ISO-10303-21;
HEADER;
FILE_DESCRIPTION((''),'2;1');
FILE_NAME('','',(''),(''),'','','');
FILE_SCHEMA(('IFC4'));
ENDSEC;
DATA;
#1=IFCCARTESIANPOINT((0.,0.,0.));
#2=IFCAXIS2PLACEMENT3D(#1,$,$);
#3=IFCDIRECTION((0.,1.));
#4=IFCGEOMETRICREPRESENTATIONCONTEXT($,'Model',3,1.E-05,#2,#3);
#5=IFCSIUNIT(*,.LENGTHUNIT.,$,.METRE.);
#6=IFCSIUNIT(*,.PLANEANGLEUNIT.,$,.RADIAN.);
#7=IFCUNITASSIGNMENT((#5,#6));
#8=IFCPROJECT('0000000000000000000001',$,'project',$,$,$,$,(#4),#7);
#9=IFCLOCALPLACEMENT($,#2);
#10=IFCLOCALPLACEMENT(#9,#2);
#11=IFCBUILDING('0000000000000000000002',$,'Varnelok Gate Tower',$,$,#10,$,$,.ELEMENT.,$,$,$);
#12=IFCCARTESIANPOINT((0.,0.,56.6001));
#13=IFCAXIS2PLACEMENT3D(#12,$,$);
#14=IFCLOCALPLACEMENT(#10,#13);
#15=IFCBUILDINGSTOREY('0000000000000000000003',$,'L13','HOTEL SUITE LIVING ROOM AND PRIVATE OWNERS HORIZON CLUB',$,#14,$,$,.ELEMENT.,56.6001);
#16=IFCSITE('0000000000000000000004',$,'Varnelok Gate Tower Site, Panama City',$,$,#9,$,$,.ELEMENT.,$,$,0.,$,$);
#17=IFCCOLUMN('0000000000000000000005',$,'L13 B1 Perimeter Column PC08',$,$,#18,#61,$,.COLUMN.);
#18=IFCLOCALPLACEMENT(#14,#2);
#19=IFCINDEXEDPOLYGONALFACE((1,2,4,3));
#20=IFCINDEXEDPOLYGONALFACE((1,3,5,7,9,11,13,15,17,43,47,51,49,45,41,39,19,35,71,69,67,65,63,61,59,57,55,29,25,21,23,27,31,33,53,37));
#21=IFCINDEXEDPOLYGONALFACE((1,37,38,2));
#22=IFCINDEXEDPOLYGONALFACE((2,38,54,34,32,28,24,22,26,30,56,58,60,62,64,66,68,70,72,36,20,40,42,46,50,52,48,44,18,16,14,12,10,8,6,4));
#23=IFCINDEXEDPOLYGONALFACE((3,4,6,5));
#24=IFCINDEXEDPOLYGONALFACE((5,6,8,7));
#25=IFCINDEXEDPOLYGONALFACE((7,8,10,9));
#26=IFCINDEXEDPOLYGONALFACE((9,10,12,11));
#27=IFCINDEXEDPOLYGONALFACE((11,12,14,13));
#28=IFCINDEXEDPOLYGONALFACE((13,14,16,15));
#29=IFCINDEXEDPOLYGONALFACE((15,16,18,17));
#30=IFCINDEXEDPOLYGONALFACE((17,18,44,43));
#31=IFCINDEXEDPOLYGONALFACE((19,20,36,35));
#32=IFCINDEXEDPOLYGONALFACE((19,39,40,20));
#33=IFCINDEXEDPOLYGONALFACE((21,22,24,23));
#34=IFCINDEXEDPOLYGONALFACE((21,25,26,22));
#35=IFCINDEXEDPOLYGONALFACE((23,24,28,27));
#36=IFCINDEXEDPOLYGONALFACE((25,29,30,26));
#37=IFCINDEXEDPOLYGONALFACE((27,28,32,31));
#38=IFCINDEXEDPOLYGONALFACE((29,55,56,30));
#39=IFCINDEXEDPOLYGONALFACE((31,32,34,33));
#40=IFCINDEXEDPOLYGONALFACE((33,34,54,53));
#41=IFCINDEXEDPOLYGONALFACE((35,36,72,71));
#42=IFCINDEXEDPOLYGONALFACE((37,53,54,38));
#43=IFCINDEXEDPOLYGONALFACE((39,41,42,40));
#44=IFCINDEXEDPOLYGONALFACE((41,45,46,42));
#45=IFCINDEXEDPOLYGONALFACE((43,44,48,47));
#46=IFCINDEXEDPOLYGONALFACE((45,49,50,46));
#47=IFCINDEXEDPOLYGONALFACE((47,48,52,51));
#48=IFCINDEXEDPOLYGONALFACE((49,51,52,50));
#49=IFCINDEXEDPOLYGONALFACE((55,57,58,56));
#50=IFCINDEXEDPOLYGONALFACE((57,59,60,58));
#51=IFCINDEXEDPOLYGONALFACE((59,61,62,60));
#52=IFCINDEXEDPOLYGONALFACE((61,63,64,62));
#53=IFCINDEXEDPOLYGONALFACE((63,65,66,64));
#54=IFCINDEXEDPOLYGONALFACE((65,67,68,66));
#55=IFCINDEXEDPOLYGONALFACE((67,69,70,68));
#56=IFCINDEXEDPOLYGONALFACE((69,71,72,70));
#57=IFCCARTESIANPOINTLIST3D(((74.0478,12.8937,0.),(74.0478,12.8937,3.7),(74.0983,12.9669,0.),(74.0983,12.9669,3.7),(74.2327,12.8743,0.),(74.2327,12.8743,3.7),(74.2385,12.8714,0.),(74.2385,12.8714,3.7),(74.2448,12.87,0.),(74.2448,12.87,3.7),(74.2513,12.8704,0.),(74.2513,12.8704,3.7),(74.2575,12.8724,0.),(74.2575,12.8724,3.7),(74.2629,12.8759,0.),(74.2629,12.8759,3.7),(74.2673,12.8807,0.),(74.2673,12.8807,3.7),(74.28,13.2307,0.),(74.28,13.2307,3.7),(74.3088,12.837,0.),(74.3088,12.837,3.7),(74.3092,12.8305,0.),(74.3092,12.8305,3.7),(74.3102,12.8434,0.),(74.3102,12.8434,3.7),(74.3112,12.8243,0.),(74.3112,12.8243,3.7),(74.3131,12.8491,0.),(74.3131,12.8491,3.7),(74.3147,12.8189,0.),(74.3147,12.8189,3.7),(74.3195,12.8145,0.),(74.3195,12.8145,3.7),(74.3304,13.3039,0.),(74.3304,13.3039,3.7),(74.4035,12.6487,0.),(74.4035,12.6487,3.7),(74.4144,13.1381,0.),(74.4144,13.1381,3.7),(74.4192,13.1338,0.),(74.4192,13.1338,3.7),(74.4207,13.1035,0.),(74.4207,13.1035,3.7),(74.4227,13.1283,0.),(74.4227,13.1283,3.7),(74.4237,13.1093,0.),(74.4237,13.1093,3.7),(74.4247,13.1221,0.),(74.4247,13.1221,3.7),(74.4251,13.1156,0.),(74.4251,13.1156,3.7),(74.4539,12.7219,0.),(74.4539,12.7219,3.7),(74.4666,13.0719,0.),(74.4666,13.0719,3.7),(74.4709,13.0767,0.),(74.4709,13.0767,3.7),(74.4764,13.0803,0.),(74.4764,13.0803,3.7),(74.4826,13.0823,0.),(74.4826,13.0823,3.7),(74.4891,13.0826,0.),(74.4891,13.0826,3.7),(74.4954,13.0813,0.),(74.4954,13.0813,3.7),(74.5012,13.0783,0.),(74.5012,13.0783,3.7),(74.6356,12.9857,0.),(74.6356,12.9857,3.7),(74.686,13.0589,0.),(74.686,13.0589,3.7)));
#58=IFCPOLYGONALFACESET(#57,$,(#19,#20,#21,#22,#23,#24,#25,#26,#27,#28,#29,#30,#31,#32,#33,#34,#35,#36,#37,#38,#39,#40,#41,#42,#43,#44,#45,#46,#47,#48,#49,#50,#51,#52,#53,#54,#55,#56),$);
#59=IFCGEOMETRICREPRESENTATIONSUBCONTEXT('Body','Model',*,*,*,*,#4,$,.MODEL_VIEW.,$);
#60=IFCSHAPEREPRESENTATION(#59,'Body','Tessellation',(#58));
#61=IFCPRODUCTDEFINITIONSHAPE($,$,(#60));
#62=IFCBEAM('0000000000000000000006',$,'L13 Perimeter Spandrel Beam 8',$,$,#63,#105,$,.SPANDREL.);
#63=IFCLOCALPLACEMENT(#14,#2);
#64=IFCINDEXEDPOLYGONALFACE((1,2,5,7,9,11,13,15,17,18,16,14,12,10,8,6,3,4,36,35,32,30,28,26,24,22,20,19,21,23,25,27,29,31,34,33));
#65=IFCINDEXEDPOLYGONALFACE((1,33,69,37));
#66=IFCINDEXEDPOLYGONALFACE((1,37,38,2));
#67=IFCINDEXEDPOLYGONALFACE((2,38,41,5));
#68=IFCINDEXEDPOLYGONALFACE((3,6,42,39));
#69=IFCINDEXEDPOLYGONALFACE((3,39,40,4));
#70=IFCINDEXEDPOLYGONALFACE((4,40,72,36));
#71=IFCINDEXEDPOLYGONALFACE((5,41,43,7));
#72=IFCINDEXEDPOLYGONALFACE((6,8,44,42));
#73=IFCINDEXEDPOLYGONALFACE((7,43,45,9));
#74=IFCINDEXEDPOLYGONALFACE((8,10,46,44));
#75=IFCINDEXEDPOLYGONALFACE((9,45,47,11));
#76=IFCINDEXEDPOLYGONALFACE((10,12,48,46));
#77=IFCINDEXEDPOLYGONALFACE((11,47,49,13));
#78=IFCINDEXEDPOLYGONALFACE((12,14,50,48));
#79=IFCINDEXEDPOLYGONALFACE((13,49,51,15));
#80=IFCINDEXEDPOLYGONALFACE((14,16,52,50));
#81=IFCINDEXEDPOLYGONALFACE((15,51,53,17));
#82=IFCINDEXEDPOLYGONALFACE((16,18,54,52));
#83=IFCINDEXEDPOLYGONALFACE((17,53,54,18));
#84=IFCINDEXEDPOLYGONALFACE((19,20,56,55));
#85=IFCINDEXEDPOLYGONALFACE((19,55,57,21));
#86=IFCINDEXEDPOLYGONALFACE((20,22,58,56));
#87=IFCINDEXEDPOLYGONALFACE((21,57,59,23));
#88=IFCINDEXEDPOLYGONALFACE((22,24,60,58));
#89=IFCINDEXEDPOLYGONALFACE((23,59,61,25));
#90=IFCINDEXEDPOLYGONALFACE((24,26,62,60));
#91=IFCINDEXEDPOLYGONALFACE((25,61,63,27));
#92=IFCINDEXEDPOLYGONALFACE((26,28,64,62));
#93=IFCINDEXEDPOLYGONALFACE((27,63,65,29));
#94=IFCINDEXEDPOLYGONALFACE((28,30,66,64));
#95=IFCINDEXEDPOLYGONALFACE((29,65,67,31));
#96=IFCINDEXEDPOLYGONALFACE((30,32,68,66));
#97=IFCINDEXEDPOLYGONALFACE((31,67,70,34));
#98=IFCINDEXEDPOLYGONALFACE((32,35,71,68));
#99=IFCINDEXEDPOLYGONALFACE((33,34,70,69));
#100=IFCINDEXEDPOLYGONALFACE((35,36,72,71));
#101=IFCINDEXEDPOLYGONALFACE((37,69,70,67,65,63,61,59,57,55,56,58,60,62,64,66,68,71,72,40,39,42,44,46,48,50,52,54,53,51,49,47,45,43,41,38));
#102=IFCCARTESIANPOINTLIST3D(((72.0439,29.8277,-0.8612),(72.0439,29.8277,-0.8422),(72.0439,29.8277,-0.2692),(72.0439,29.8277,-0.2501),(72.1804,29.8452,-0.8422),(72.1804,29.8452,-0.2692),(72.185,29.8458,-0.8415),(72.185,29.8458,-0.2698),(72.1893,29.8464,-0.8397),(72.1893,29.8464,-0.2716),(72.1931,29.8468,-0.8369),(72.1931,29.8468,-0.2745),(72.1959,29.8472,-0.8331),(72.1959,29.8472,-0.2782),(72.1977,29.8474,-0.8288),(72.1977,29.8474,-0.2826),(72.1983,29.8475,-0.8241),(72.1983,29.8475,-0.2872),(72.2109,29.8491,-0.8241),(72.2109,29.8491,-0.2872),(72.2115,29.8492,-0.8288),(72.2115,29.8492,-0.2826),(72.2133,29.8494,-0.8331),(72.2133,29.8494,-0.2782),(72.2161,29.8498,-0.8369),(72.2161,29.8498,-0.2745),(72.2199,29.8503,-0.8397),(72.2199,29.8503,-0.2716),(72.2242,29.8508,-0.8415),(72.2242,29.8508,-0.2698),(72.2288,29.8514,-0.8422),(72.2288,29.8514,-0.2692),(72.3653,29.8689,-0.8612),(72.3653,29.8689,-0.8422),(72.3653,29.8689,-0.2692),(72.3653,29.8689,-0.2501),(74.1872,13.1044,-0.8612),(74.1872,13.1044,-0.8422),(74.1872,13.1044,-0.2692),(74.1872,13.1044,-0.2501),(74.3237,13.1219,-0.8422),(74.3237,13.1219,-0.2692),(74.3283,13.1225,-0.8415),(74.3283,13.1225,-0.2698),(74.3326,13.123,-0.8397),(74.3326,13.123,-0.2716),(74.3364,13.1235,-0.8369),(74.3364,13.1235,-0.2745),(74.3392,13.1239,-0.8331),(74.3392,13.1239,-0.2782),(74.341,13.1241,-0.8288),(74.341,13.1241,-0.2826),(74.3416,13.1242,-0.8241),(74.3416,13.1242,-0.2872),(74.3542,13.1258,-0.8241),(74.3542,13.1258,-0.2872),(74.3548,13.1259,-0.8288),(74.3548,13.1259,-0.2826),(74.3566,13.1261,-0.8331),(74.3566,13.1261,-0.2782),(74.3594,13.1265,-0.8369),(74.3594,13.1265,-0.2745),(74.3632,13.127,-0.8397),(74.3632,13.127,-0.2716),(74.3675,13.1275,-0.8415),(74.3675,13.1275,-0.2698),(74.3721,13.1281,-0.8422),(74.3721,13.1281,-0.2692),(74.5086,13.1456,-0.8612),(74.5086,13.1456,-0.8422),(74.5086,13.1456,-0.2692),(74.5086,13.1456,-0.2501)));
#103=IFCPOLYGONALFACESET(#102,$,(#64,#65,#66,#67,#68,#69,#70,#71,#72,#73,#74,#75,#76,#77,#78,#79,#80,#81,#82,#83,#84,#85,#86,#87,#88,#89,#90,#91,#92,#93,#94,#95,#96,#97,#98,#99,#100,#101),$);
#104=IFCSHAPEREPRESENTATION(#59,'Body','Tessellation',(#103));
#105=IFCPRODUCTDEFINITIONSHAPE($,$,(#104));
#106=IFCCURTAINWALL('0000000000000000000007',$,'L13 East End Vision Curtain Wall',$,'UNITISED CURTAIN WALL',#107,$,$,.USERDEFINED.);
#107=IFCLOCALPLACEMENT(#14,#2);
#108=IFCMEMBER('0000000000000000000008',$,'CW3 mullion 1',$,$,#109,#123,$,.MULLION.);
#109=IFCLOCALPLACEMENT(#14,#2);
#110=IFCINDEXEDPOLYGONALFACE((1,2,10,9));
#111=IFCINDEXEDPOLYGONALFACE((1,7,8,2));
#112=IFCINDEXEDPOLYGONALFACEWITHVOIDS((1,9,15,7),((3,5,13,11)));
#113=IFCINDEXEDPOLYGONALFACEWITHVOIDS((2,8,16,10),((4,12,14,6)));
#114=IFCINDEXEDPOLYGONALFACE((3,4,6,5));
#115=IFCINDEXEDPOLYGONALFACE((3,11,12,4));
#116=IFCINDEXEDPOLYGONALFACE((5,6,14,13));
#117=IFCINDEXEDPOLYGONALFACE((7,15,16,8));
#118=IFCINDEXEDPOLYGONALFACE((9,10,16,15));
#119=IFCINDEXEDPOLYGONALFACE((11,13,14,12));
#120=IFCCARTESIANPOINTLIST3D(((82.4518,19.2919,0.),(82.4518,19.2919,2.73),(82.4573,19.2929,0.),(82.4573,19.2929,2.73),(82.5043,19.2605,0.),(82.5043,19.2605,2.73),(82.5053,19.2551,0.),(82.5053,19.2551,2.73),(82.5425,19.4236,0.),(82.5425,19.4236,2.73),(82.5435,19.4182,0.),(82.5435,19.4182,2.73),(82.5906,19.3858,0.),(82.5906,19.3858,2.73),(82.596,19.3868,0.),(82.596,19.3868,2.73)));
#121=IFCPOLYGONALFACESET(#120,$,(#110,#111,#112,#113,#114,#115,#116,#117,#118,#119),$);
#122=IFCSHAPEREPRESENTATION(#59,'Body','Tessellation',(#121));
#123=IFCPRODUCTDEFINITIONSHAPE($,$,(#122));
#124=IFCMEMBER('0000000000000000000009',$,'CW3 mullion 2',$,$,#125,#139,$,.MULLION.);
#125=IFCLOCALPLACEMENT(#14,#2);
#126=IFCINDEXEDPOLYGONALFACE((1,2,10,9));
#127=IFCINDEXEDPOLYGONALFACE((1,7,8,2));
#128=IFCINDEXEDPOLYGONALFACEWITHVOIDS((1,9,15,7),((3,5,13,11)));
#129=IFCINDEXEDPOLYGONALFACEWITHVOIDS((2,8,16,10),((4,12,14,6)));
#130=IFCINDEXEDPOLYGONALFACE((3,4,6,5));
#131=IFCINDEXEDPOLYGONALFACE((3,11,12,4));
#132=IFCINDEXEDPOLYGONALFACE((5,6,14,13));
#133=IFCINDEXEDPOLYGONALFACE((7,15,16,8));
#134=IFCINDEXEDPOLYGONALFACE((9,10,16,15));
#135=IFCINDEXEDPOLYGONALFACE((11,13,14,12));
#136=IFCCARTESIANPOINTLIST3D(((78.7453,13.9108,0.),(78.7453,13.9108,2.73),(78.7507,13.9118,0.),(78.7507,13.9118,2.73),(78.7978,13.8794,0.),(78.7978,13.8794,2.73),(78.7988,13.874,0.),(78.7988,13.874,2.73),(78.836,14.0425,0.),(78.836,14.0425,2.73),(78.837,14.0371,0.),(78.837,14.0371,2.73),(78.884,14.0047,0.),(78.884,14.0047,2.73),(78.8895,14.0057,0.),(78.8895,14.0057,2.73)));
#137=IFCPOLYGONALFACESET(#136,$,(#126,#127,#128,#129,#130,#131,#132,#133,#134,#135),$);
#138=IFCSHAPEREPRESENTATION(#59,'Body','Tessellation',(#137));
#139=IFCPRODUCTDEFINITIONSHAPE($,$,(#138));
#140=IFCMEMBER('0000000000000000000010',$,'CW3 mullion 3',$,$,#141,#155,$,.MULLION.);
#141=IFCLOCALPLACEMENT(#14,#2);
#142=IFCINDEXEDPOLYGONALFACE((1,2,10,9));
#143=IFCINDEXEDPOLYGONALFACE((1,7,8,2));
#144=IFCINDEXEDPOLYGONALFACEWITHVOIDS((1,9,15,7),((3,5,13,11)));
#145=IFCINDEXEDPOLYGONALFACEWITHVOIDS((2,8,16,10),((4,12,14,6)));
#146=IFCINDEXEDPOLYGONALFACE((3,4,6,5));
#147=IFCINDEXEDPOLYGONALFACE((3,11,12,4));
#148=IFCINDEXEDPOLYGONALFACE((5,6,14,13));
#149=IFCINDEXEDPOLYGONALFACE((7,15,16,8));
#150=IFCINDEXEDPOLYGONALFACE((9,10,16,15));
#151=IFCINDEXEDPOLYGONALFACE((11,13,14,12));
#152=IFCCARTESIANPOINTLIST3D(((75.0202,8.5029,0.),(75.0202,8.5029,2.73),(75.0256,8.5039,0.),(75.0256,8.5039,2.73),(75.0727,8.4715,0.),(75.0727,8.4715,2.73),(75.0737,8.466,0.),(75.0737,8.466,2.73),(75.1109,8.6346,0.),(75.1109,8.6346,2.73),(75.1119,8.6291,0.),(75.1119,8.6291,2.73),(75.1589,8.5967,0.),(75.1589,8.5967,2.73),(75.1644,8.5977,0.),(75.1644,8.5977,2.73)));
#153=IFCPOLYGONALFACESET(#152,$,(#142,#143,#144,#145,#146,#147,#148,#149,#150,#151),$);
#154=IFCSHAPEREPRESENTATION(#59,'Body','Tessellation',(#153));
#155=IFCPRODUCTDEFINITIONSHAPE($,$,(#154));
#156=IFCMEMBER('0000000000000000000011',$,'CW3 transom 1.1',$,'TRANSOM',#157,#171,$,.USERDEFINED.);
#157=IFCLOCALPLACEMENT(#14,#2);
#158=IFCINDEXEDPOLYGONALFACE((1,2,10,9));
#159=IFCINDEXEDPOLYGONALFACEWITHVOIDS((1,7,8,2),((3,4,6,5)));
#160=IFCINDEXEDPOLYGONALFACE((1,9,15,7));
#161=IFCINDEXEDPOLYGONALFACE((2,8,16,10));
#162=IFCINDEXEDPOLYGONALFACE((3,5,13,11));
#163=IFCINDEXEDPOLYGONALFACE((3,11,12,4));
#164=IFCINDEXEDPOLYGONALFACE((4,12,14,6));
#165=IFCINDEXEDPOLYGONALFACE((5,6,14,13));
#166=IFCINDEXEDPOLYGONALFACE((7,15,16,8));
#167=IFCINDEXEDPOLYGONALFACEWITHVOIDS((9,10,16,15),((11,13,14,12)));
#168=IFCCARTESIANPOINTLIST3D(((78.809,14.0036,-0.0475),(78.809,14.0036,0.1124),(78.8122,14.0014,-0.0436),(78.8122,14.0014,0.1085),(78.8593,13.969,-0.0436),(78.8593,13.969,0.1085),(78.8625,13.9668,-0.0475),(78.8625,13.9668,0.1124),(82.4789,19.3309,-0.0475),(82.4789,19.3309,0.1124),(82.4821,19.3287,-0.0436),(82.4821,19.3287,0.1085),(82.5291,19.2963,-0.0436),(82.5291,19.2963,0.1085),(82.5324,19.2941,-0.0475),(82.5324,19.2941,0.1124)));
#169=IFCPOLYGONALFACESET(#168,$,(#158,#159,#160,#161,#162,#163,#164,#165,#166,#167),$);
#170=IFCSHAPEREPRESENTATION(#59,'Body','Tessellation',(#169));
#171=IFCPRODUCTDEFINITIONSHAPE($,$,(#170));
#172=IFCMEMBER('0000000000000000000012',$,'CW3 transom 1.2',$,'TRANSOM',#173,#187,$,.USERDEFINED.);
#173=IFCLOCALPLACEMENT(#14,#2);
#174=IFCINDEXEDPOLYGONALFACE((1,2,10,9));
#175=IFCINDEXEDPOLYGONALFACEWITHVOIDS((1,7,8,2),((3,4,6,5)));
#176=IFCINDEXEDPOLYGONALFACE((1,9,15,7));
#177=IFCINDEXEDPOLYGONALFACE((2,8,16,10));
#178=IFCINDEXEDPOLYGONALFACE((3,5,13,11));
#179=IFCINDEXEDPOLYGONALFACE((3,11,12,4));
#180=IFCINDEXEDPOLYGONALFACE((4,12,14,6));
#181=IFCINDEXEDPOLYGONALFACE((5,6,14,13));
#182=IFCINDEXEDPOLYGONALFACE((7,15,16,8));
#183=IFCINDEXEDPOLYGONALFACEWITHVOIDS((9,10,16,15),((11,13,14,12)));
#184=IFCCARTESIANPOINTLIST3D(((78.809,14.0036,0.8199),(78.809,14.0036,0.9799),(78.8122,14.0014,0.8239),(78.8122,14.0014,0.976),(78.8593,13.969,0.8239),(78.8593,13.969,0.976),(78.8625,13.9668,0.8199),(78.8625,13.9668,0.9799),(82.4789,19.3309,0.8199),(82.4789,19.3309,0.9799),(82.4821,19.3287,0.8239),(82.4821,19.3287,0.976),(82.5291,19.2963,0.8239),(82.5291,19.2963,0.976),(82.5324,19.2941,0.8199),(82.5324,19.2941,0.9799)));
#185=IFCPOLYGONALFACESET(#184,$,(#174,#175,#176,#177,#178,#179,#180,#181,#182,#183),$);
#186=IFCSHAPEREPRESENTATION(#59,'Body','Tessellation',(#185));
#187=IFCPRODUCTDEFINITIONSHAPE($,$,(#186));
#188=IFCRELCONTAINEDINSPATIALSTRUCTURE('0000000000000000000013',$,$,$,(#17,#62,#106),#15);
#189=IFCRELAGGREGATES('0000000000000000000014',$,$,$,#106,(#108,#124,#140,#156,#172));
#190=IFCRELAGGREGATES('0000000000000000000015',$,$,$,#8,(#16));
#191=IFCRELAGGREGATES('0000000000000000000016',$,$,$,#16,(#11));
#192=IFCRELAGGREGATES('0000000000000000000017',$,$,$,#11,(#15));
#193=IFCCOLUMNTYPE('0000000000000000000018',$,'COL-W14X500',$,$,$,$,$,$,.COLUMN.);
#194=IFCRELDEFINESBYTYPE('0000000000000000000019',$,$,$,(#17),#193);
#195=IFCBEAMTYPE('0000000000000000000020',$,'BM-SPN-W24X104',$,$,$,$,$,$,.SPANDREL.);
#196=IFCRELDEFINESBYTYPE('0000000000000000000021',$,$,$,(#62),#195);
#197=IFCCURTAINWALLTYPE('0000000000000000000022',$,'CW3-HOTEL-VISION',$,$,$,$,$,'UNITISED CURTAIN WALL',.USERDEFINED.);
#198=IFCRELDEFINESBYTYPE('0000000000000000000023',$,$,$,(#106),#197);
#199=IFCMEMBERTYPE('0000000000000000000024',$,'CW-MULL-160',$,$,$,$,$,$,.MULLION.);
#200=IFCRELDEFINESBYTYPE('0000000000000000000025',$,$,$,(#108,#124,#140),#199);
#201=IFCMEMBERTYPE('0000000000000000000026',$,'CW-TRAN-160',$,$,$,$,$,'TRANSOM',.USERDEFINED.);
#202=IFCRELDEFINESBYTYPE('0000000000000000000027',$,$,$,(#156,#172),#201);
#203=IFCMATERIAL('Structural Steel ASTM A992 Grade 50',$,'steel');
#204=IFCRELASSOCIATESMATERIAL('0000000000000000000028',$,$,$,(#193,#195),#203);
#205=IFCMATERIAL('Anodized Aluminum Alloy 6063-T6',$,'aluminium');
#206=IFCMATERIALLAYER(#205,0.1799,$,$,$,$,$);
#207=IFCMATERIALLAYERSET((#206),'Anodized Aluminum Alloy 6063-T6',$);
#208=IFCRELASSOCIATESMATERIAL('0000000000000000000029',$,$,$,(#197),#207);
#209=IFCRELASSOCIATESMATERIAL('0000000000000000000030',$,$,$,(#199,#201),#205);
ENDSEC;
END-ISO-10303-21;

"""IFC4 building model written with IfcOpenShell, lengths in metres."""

from ifc_helpers import new_model, si_unit, direction, frame, origin, origin_2d, place, context, subcontext, project, spatial, hollow_rectangle, i_section, extrude, material, layer, layer_set, material_profile, profile_set, type_object, element, aggregate, save


model = new_model("IFC4")

# Units and contexts
model_context = context("Model", 3, precision=1e-05, world=origin(), true_north=direction((0.0, 1.0)))
body_context = subcontext(model_context, "Body", "Model", "MODEL_VIEW")
ifc_project = project(units=[si_unit("LENGTHUNIT", "METRE"), si_unit("PLANEANGLEUNIT", "RADIAN")], contexts=[model_context])

# Site, building, storey
site_placement = place(None, origin())
site = spatial("IfcSite", under=ifc_project, at=site_placement, Name="Varnelok Gate Tower Site, Panama City", CompositionType="ELEMENT", RefElevation=0.0)
building_placement = place(site_placement, origin())
building = spatial("IfcBuilding", under=site, at=building_placement, Name="Varnelok Gate Tower", CompositionType="ELEMENT")
storey_placement = place(building_placement, frame((0.0, 0.0, 56.6001)))
storey = spatial("IfcBuildingStorey", under=building, at=storey_placement, Name="L13", Description="HOTEL SUITE LIVING ROOM AND PRIVATE OWNERS HORIZON CLUB", CompositionType="ELEMENT", Elevation=56.6001)

# Column
ifc_material_1 = material(Name="Structural Steel ASTM A992 Grade 50", Category="steel")
ifc_material_profile_1 = material_profile(ifc_material_1, i_section(OverallWidth=0.4319, OverallDepth=0.498, WebThickness=0.0557, FlangeThickness=0.0889, FilletRadius=0.0249, at=origin_2d()), Name="W14X500")
ifc_profile_set_1 = profile_set([ifc_material_profile_1], Name="Structural Steel ASTM A992 Grade 50")
column_type = type_object("IfcColumnType", Name="COL-W14X500", PredefinedType="COLUMN", material=ifc_profile_set_1)
column_placement = place(storey_placement, frame((74.3669, 12.9763, 0.0), z_axis=(0.0, 0.0, 1.0), x_axis=(0.823533, -0.567269, 0.0)))
element("IfcColumn", 1, at=column_placement, inside=storey, type_object=column_type, Name="L13 B1 Perimeter Column PC08", PredefinedType="COLUMN", context=body_context, shape_type="SweptSolid", body=[
    extrude(i_section(OverallWidth=0.4319, OverallDepth=0.498, WebThickness=0.0557, FlangeThickness=0.0889, FilletRadius=0.0249, at=origin_2d()), origin(), (0.0, 0.0, 1.0), 3.7),
])

# Beam
ifc_material_profile_2 = material_profile(ifc_material_1, i_section(OverallWidth=0.324, OverallDepth=0.6111, WebThickness=0.0127, FlangeThickness=0.019, FilletRadius=0.0181, at=origin_2d()), Name="W24X104")
ifc_profile_set_2 = profile_set([ifc_material_profile_2], Name="Structural Steel ASTM A992 Grade 50")
beam_type = type_object("IfcBeamType", Name="BM-SPN-W24X104", PredefinedType="SPANDREL", material=ifc_profile_set_2)
beam_placement = place(storey_placement, frame((74.3479, 13.125, -0.5557), z_axis=(-0.127123, 0.991887, 0.0), x_axis=(-0.991887, -0.127123, 0.0)))
element("IfcBeam", 2, at=beam_placement, inside=storey, type_object=beam_type, Name="L13 Perimeter Spandrel Beam 8", PredefinedType="SPANDREL", context=body_context, shape_type="SweptSolid", body=[
    extrude(i_section(OverallWidth=0.324, OverallDepth=0.6111, WebThickness=0.0127, FlangeThickness=0.019, FilletRadius=0.0181, at=origin_2d()), origin(), (0.0, 0.0, 1.0), 16.8601),
])

# Curtain wall, members
ifc_material_2 = material(Name="Anodized Aluminum Alloy 6063-T6", Category="aluminium")
ifc_layer_1 = layer(ifc_material_2, 0.1799)
ifc_layer_set_1 = layer_set([ifc_layer_1], Name="Anodized Aluminum Alloy 6063-T6")
curtain_wall_type = type_object("IfcCurtainWallType", Name="CW3-HOTEL-VISION", ElementType="UNITISED CURTAIN WALL", PredefinedType="USERDEFINED", material=ifc_layer_set_1)
curtain_wall_placement = place(storey_placement, origin())
curtain_wall = element("IfcCurtainWall", 3, at=curtain_wall_placement, inside=storey, type_object=curtain_wall_type, Name="L13 East End Vision Curtain Wall", ObjectType="UNITISED CURTAIN WALL", PredefinedType="USERDEFINED")
ifc_material_profile_3 = material_profile(ifc_material_2, hollow_rectangle(XDim=0.0649, YDim=0.1599, WallThickness=0.0039, at=origin_2d()), Name="ALU160X65X4")
ifc_profile_set_3 = profile_set([ifc_material_profile_3], Name="Anodized Aluminum Alloy 6063-T6")
member_type_1 = type_object("IfcMemberType", Name="CW-MULL-160", PredefinedType="MULLION", material=ifc_profile_set_3)
member_1_placement = place(storey_placement, frame((82.5239, 19.3394, 0.0), z_axis=(0.0, 0.0, 1.0), x_axis=(0.823533, -0.567269, 0.0)))
member_1 = element("IfcMember", 4, at=member_1_placement, type_object=member_type_1, Name="CW3 mullion 1", PredefinedType="MULLION", context=body_context, shape_type="SweptSolid", body=[
    extrude(hollow_rectangle(XDim=0.0649, YDim=0.1599, WallThickness=0.0039, at=origin_2d()), origin(), (0.0, 0.0, 1.0), 2.73),
])
member_2_placement = place(storey_placement, frame((78.8174, 13.9583, 0.0), z_axis=(0.0, 0.0, 1.0), x_axis=(0.823533, -0.567269, 0.0)))
member_2 = element("IfcMember", 5, at=member_2_placement, type_object=member_type_1, Name="CW3 mullion 2", PredefinedType="MULLION", context=body_context, shape_type="SweptSolid", body=[
    extrude(hollow_rectangle(XDim=0.0649, YDim=0.1599, WallThickness=0.0039, at=origin_2d()), origin(), (0.0, 0.0, 1.0), 2.73),
])
member_3_placement = place(storey_placement, frame((75.0923, 8.5503, 0.0), z_axis=(0.0, 0.0, 1.0), x_axis=(0.823533, -0.567269, 0.0)))
member_3 = element("IfcMember", 6, at=member_3_placement, type_object=member_type_1, Name="CW3 mullion 3", PredefinedType="MULLION", context=body_context, shape_type="SweptSolid", body=[
    extrude(hollow_rectangle(XDim=0.0649, YDim=0.1599, WallThickness=0.0039, at=origin_2d()), origin(), (0.0, 0.0, 1.0), 2.73),
])
ifc_material_profile_4 = material_profile(ifc_material_2, hollow_rectangle(XDim=0.0649, YDim=0.1599, WallThickness=0.0039, at=origin_2d()), Name="ALU160X65X4")
ifc_profile_set_4 = profile_set([ifc_material_profile_4], Name="Anodized Aluminum Alloy 6063-T6")
member_type_2 = type_object("IfcMemberType", Name="CW-TRAN-160", ElementType="TRANSOM", PredefinedType="USERDEFINED", material=ifc_profile_set_4)
member_4_placement = place(storey_placement, frame((82.5056, 19.3125, 0.0325), z_axis=(-0.567299, -0.823512, 0.0), x_axis=(0.823512, -0.567299, 0.0)))
member_4 = element("IfcMember", 7, at=member_4_placement, type_object=member_type_2, Name="CW3 transom 1.1", ObjectType="TRANSOM", PredefinedType="USERDEFINED", context=body_context, shape_type="SweptSolid", body=[
    extrude(hollow_rectangle(XDim=0.0649, YDim=0.1599, WallThickness=0.0039, at=origin_2d()), origin(), (0.0, 0.0, 1.0), 6.469),
])
member_5_placement = place(storey_placement, frame((82.5056, 19.3125, 0.8999), z_axis=(-0.567299, -0.823512, 0.0), x_axis=(0.823512, -0.567299, 0.0)))
member_5 = element("IfcMember", 8, at=member_5_placement, type_object=member_type_2, Name="CW3 transom 1.2", ObjectType="TRANSOM", PredefinedType="USERDEFINED", context=body_context, shape_type="SweptSolid", body=[
    extrude(hollow_rectangle(XDim=0.0649, YDim=0.1599, WallThickness=0.0039, at=origin_2d()), origin(), (0.0, 0.0, 1.0), 6.469),
])
aggregate(curtain_wall, [member_1, member_2, member_3, member_4, member_5])

save(model, "model.ifc")
